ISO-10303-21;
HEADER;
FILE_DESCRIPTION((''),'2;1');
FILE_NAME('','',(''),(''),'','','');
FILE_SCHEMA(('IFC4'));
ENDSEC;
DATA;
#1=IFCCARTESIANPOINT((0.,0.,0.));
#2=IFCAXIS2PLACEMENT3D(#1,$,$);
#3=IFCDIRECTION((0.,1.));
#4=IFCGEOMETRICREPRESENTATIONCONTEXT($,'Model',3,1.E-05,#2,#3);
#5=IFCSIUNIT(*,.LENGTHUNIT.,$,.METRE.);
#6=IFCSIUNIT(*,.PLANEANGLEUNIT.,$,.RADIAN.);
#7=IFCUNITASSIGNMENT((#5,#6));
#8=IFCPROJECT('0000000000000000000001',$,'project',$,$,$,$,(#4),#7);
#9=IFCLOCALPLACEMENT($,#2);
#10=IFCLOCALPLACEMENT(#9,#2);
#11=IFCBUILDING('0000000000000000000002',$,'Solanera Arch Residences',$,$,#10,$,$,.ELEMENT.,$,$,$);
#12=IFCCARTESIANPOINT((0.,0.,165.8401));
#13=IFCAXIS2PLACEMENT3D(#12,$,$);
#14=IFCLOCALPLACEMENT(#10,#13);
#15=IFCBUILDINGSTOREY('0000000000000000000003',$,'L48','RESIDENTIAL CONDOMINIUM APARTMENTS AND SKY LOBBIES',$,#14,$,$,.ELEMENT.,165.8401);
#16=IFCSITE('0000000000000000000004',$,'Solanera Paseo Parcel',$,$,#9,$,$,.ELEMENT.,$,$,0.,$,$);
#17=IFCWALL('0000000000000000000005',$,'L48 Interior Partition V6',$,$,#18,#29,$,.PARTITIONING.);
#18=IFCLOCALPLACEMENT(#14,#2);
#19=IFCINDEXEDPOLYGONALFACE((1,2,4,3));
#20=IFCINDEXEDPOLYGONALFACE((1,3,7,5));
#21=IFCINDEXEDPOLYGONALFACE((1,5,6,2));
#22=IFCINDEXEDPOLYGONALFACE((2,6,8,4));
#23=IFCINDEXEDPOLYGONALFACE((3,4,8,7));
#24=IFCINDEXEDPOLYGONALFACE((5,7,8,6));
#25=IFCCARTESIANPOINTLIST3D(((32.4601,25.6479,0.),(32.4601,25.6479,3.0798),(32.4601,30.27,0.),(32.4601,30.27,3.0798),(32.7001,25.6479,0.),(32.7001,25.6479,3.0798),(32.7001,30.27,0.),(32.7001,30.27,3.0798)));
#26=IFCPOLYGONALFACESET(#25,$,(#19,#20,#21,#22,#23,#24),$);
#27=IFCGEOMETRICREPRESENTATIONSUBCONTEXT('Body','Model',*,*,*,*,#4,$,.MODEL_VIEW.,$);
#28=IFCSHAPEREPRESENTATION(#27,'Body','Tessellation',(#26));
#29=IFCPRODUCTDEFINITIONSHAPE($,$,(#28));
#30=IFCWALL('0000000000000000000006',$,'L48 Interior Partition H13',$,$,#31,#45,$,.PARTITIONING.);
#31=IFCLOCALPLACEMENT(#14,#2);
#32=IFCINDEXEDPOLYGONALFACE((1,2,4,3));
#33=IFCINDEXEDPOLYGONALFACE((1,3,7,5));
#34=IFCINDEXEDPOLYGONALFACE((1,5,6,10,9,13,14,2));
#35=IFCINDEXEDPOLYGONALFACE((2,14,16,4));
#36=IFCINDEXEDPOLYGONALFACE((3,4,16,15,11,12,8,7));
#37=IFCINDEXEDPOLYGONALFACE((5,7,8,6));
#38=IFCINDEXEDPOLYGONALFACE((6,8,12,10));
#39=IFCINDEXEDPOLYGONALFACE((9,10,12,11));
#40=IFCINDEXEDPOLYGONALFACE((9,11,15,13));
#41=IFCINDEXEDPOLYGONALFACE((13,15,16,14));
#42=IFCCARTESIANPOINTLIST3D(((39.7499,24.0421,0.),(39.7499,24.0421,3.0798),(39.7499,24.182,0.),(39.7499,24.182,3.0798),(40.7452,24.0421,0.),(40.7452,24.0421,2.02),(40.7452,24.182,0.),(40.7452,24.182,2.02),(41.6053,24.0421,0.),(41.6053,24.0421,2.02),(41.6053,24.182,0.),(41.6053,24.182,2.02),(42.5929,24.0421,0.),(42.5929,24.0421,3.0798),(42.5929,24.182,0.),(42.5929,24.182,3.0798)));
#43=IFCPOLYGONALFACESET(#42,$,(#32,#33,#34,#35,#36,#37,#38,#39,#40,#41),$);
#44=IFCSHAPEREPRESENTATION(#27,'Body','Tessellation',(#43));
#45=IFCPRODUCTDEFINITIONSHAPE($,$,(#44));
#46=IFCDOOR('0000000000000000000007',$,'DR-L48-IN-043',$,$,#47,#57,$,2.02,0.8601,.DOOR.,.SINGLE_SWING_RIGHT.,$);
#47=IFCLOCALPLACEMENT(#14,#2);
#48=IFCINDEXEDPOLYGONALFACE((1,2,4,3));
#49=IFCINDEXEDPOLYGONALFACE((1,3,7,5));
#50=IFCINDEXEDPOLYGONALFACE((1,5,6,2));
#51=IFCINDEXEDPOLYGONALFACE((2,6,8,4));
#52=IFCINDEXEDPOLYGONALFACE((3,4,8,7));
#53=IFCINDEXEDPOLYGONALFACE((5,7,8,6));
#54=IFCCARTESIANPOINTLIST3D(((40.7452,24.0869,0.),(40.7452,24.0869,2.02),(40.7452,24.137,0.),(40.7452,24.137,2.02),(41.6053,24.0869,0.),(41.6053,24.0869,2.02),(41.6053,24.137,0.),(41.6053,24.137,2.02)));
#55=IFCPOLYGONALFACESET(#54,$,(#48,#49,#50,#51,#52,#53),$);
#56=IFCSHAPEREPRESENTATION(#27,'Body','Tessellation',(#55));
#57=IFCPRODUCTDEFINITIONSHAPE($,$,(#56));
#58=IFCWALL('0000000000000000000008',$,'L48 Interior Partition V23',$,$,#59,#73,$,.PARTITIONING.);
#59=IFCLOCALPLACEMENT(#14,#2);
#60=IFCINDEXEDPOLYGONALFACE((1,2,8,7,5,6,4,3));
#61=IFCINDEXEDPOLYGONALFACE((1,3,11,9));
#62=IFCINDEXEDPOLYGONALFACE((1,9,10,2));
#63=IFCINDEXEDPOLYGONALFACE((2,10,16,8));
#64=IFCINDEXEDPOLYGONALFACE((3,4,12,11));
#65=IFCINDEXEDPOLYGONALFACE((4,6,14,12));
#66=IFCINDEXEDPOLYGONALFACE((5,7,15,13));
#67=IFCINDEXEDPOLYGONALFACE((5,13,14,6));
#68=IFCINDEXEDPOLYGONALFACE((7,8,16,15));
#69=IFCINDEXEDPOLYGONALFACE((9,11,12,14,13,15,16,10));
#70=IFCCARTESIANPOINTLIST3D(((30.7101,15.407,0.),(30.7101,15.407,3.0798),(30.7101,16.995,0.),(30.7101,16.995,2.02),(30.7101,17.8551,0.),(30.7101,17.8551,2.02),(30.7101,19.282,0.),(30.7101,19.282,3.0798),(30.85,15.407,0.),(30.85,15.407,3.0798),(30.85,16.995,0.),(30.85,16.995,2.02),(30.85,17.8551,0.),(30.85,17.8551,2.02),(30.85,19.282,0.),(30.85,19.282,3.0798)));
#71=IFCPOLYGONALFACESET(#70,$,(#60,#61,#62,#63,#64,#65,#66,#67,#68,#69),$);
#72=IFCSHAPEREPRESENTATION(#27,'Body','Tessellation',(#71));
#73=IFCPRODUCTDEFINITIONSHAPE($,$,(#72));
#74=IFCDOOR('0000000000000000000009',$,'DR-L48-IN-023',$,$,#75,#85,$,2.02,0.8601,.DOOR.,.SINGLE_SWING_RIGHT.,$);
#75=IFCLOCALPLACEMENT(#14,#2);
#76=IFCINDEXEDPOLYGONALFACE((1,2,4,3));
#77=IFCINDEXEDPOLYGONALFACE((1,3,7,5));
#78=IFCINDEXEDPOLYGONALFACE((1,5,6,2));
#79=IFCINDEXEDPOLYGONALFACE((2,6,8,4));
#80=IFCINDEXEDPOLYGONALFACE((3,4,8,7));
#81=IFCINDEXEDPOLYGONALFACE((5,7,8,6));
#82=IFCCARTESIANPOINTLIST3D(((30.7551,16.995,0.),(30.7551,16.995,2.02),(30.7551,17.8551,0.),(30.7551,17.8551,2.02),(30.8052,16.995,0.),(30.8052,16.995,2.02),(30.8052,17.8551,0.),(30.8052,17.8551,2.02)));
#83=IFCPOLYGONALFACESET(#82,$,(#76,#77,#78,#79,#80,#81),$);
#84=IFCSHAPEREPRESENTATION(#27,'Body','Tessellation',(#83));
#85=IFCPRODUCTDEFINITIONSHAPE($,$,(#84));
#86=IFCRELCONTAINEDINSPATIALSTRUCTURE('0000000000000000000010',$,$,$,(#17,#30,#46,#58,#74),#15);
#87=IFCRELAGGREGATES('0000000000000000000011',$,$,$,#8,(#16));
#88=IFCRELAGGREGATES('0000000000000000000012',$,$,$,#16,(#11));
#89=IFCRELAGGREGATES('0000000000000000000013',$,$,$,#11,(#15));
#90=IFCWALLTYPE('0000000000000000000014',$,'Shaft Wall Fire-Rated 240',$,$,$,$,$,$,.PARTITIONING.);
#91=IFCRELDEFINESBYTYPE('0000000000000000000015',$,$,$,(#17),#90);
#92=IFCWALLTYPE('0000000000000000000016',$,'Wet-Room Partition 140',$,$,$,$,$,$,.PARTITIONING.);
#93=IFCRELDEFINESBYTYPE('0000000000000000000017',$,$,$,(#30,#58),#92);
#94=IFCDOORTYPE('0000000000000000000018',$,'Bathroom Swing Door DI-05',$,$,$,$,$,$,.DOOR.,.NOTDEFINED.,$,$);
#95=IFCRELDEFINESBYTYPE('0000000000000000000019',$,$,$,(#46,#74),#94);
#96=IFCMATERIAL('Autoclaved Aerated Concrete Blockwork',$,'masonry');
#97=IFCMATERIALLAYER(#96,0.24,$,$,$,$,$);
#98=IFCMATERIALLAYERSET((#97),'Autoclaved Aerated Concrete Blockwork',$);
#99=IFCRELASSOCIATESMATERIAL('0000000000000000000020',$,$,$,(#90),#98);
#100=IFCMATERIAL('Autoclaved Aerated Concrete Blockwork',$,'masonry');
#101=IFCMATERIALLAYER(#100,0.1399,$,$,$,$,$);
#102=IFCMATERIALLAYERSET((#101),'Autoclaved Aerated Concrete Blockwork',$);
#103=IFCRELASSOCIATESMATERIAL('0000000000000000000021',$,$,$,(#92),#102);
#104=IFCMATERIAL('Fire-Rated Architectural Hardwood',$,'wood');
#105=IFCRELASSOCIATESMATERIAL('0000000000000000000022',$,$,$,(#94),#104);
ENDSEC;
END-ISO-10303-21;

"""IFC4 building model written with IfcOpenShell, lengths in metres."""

from ifc_helpers import new_model, si_unit, direction, frame, frame_2d, origin, place, context, subcontext, project, spatial, rectangle, extrude, material, layer, layer_set, type_object, element, fill, save


model = new_model("IFC4")

# Units and contexts
model_context = context("Model", 3, precision=1e-05, world=origin(), true_north=direction((0.0, 1.0)))
body_context = subcontext(model_context, "Body", "Model", "MODEL_VIEW")
ifc_project = project(units=[si_unit("LENGTHUNIT", "METRE"), si_unit("PLANEANGLEUNIT", "RADIAN")], contexts=[model_context])

# Site, building, storey
site_placement = place(None, origin())
site = spatial("IfcSite", under=ifc_project, at=site_placement, Name="Solanera Paseo Parcel", CompositionType="ELEMENT", RefElevation=0.0)
building_placement = place(site_placement, origin())
building = spatial("IfcBuilding", under=site, at=building_placement, Name="Solanera Arch Residences", CompositionType="ELEMENT")
storey_placement = place(building_placement, frame((0.0, 0.0, 165.8401)))
storey = spatial("IfcBuildingStorey", under=building, at=storey_placement, Name="L48", Description="RESIDENTIAL CONDOMINIUM APARTMENTS AND SKY LOBBIES", CompositionType="ELEMENT", Elevation=165.8401)

# Wall
ifc_material_1 = material(Name="Autoclaved Aerated Concrete Blockwork", Category="masonry")
ifc_layer_1 = layer(ifc_material_1, 0.24)
ifc_layer_set_1 = layer_set([ifc_layer_1], Name="Autoclaved Aerated Concrete Blockwork")
wall_type_1 = type_object("IfcWallType", Name="Shaft Wall Fire-Rated 240", PredefinedType="PARTITIONING", material=ifc_layer_set_1)
wall_1_placement = place(storey_placement, frame((32.5801, 25.6479, 0.0), z_axis=(0.0, 0.0, 1.0), x_axis=(0.0, 1.0, 0.0)))
element("IfcWall", 1, at=wall_1_placement, inside=storey, type_object=wall_type_1, Name="L48 Interior Partition V6", PredefinedType="PARTITIONING", context=body_context, shape_type="SweptSolid", body=[
    extrude(rectangle(XDim=4.6221, YDim=0.24, at=frame_2d((2.311, 0.0))), origin(), (0.0, 0.0, 1.0), 3.0798),
])

# Walls, openings, doors
ifc_material_2 = material(Name="Autoclaved Aerated Concrete Blockwork", Category="masonry")
ifc_layer_2 = layer(ifc_material_2, 0.1399)
ifc_layer_set_2 = layer_set([ifc_layer_2], Name="Autoclaved Aerated Concrete Blockwork")
wall_type_2 = type_object("IfcWallType", Name="Wet-Room Partition 140", PredefinedType="PARTITIONING", material=ifc_layer_set_2)
wall_2_placement = place(storey_placement, frame((39.75, 24.1121, 0.0), z_axis=(0.0, 0.0, 1.0), x_axis=(1.0, 0.0, 0.0)))
wall_2 = element("IfcWall", 2, at=wall_2_placement, inside=storey, type_object=wall_type_2, Name="L48 Interior Partition H13", PredefinedType="PARTITIONING", context=body_context, shape_type="SweptSolid", body=[
    extrude(rectangle(XDim=2.843, YDim=0.1399, at=frame_2d((1.4214, 0.0))), origin(), (0.0, 0.0, 1.0), 3.0798),
])
opening_1_placement = place(wall_2_placement, frame((0.9951, 0.0, 0.0)))
opening_1 = element("IfcOpeningElement", 3, at=opening_1_placement, cuts=wall_2, PredefinedType="OPENING", context=body_context, shape_type="SweptSolid", body=[
    extrude(rectangle(XDim=0.8601, YDim=2.02, at=frame_2d((0.4302, 1.01))), frame((0.0, 0.0798, 0.0), z_axis=(0.0, -1.0, 0.0), x_axis=(1.0, 0.0, 0.0)), (0.0, 0.0, 1.0), 0.1599),
])
ifc_material_3 = material(Name="Fire-Rated Architectural Hardwood", Category="wood")
door_type_1 = type_object("IfcDoorType", Name="Bathroom Swing Door DI-05", OperationType="NOTDEFINED", PredefinedType="DOOR", material=ifc_material_3)
door_1_placement = place(opening_1_placement, origin())
door_1 = element("IfcDoor", 4, at=door_1_placement, inside=storey, type_object=door_type_1, Name="DR-L48-IN-043", OperationType="SINGLE_SWING_RIGHT", OverallHeight=2.02, OverallWidth=0.8601, PredefinedType="DOOR", context=body_context, shape_type="SweptSolid", body=[
    extrude(rectangle(XDim=0.8601, YDim=2.02, at=frame_2d((0.4302, 1.01))), frame((0.0, 0.0249, 0.0), z_axis=(0.0, -1.0, 0.0), x_axis=(1.0, 0.0, 0.0)), (0.0, 0.0, 1.0), 0.05),
])
fill(opening_1, door_1)
wall_3_placement = place(storey_placement, frame((30.78, 15.407, 0.0), z_axis=(0.0, 0.0, 1.0), x_axis=(0.0, 1.0, 0.0)))
wall_3 = element("IfcWall", 5, at=wall_3_placement, inside=storey, type_object=wall_type_2, Name="L48 Interior Partition V23", PredefinedType="PARTITIONING", context=body_context, shape_type="SweptSolid", body=[
    extrude(rectangle(XDim=3.875, YDim=0.1399, at=frame_2d((1.9375, 0.0))), origin(), (0.0, 0.0, 1.0), 3.0798),
])
opening_2_placement = place(wall_3_placement, frame((1.5879, 0.0, 0.0)))
opening_2 = element("IfcOpeningElement", 6, at=opening_2_placement, cuts=wall_3, PredefinedType="OPENING", context=body_context, shape_type="SweptSolid", body=[
    extrude(rectangle(XDim=0.8601, YDim=2.02, at=frame_2d((0.4302, 1.01))), frame((0.0, 0.0798, 0.0), z_axis=(0.0, -1.0, 0.0), x_axis=(1.0, 0.0, 0.0)), (0.0, 0.0, 1.0), 0.1599),
])
door_2_placement = place(opening_2_placement, origin())
door_2 = element("IfcDoor", 7, at=door_2_placement, inside=storey, type_object=door_type_1, Name="DR-L48-IN-023", OperationType="SINGLE_SWING_RIGHT", OverallHeight=2.02, OverallWidth=0.8601, PredefinedType="DOOR", context=body_context, shape_type="SweptSolid", body=[
    extrude(rectangle(XDim=0.8601, YDim=2.02, at=frame_2d((0.4302, 1.01))), frame((0.0, 0.0249, 0.0), z_axis=(0.0, -1.0, 0.0), x_axis=(1.0, 0.0, 0.0)), (0.0, 0.0, 1.0), 0.05),
])
fill(opening_2, door_2)

save(model, "model.ifc")
